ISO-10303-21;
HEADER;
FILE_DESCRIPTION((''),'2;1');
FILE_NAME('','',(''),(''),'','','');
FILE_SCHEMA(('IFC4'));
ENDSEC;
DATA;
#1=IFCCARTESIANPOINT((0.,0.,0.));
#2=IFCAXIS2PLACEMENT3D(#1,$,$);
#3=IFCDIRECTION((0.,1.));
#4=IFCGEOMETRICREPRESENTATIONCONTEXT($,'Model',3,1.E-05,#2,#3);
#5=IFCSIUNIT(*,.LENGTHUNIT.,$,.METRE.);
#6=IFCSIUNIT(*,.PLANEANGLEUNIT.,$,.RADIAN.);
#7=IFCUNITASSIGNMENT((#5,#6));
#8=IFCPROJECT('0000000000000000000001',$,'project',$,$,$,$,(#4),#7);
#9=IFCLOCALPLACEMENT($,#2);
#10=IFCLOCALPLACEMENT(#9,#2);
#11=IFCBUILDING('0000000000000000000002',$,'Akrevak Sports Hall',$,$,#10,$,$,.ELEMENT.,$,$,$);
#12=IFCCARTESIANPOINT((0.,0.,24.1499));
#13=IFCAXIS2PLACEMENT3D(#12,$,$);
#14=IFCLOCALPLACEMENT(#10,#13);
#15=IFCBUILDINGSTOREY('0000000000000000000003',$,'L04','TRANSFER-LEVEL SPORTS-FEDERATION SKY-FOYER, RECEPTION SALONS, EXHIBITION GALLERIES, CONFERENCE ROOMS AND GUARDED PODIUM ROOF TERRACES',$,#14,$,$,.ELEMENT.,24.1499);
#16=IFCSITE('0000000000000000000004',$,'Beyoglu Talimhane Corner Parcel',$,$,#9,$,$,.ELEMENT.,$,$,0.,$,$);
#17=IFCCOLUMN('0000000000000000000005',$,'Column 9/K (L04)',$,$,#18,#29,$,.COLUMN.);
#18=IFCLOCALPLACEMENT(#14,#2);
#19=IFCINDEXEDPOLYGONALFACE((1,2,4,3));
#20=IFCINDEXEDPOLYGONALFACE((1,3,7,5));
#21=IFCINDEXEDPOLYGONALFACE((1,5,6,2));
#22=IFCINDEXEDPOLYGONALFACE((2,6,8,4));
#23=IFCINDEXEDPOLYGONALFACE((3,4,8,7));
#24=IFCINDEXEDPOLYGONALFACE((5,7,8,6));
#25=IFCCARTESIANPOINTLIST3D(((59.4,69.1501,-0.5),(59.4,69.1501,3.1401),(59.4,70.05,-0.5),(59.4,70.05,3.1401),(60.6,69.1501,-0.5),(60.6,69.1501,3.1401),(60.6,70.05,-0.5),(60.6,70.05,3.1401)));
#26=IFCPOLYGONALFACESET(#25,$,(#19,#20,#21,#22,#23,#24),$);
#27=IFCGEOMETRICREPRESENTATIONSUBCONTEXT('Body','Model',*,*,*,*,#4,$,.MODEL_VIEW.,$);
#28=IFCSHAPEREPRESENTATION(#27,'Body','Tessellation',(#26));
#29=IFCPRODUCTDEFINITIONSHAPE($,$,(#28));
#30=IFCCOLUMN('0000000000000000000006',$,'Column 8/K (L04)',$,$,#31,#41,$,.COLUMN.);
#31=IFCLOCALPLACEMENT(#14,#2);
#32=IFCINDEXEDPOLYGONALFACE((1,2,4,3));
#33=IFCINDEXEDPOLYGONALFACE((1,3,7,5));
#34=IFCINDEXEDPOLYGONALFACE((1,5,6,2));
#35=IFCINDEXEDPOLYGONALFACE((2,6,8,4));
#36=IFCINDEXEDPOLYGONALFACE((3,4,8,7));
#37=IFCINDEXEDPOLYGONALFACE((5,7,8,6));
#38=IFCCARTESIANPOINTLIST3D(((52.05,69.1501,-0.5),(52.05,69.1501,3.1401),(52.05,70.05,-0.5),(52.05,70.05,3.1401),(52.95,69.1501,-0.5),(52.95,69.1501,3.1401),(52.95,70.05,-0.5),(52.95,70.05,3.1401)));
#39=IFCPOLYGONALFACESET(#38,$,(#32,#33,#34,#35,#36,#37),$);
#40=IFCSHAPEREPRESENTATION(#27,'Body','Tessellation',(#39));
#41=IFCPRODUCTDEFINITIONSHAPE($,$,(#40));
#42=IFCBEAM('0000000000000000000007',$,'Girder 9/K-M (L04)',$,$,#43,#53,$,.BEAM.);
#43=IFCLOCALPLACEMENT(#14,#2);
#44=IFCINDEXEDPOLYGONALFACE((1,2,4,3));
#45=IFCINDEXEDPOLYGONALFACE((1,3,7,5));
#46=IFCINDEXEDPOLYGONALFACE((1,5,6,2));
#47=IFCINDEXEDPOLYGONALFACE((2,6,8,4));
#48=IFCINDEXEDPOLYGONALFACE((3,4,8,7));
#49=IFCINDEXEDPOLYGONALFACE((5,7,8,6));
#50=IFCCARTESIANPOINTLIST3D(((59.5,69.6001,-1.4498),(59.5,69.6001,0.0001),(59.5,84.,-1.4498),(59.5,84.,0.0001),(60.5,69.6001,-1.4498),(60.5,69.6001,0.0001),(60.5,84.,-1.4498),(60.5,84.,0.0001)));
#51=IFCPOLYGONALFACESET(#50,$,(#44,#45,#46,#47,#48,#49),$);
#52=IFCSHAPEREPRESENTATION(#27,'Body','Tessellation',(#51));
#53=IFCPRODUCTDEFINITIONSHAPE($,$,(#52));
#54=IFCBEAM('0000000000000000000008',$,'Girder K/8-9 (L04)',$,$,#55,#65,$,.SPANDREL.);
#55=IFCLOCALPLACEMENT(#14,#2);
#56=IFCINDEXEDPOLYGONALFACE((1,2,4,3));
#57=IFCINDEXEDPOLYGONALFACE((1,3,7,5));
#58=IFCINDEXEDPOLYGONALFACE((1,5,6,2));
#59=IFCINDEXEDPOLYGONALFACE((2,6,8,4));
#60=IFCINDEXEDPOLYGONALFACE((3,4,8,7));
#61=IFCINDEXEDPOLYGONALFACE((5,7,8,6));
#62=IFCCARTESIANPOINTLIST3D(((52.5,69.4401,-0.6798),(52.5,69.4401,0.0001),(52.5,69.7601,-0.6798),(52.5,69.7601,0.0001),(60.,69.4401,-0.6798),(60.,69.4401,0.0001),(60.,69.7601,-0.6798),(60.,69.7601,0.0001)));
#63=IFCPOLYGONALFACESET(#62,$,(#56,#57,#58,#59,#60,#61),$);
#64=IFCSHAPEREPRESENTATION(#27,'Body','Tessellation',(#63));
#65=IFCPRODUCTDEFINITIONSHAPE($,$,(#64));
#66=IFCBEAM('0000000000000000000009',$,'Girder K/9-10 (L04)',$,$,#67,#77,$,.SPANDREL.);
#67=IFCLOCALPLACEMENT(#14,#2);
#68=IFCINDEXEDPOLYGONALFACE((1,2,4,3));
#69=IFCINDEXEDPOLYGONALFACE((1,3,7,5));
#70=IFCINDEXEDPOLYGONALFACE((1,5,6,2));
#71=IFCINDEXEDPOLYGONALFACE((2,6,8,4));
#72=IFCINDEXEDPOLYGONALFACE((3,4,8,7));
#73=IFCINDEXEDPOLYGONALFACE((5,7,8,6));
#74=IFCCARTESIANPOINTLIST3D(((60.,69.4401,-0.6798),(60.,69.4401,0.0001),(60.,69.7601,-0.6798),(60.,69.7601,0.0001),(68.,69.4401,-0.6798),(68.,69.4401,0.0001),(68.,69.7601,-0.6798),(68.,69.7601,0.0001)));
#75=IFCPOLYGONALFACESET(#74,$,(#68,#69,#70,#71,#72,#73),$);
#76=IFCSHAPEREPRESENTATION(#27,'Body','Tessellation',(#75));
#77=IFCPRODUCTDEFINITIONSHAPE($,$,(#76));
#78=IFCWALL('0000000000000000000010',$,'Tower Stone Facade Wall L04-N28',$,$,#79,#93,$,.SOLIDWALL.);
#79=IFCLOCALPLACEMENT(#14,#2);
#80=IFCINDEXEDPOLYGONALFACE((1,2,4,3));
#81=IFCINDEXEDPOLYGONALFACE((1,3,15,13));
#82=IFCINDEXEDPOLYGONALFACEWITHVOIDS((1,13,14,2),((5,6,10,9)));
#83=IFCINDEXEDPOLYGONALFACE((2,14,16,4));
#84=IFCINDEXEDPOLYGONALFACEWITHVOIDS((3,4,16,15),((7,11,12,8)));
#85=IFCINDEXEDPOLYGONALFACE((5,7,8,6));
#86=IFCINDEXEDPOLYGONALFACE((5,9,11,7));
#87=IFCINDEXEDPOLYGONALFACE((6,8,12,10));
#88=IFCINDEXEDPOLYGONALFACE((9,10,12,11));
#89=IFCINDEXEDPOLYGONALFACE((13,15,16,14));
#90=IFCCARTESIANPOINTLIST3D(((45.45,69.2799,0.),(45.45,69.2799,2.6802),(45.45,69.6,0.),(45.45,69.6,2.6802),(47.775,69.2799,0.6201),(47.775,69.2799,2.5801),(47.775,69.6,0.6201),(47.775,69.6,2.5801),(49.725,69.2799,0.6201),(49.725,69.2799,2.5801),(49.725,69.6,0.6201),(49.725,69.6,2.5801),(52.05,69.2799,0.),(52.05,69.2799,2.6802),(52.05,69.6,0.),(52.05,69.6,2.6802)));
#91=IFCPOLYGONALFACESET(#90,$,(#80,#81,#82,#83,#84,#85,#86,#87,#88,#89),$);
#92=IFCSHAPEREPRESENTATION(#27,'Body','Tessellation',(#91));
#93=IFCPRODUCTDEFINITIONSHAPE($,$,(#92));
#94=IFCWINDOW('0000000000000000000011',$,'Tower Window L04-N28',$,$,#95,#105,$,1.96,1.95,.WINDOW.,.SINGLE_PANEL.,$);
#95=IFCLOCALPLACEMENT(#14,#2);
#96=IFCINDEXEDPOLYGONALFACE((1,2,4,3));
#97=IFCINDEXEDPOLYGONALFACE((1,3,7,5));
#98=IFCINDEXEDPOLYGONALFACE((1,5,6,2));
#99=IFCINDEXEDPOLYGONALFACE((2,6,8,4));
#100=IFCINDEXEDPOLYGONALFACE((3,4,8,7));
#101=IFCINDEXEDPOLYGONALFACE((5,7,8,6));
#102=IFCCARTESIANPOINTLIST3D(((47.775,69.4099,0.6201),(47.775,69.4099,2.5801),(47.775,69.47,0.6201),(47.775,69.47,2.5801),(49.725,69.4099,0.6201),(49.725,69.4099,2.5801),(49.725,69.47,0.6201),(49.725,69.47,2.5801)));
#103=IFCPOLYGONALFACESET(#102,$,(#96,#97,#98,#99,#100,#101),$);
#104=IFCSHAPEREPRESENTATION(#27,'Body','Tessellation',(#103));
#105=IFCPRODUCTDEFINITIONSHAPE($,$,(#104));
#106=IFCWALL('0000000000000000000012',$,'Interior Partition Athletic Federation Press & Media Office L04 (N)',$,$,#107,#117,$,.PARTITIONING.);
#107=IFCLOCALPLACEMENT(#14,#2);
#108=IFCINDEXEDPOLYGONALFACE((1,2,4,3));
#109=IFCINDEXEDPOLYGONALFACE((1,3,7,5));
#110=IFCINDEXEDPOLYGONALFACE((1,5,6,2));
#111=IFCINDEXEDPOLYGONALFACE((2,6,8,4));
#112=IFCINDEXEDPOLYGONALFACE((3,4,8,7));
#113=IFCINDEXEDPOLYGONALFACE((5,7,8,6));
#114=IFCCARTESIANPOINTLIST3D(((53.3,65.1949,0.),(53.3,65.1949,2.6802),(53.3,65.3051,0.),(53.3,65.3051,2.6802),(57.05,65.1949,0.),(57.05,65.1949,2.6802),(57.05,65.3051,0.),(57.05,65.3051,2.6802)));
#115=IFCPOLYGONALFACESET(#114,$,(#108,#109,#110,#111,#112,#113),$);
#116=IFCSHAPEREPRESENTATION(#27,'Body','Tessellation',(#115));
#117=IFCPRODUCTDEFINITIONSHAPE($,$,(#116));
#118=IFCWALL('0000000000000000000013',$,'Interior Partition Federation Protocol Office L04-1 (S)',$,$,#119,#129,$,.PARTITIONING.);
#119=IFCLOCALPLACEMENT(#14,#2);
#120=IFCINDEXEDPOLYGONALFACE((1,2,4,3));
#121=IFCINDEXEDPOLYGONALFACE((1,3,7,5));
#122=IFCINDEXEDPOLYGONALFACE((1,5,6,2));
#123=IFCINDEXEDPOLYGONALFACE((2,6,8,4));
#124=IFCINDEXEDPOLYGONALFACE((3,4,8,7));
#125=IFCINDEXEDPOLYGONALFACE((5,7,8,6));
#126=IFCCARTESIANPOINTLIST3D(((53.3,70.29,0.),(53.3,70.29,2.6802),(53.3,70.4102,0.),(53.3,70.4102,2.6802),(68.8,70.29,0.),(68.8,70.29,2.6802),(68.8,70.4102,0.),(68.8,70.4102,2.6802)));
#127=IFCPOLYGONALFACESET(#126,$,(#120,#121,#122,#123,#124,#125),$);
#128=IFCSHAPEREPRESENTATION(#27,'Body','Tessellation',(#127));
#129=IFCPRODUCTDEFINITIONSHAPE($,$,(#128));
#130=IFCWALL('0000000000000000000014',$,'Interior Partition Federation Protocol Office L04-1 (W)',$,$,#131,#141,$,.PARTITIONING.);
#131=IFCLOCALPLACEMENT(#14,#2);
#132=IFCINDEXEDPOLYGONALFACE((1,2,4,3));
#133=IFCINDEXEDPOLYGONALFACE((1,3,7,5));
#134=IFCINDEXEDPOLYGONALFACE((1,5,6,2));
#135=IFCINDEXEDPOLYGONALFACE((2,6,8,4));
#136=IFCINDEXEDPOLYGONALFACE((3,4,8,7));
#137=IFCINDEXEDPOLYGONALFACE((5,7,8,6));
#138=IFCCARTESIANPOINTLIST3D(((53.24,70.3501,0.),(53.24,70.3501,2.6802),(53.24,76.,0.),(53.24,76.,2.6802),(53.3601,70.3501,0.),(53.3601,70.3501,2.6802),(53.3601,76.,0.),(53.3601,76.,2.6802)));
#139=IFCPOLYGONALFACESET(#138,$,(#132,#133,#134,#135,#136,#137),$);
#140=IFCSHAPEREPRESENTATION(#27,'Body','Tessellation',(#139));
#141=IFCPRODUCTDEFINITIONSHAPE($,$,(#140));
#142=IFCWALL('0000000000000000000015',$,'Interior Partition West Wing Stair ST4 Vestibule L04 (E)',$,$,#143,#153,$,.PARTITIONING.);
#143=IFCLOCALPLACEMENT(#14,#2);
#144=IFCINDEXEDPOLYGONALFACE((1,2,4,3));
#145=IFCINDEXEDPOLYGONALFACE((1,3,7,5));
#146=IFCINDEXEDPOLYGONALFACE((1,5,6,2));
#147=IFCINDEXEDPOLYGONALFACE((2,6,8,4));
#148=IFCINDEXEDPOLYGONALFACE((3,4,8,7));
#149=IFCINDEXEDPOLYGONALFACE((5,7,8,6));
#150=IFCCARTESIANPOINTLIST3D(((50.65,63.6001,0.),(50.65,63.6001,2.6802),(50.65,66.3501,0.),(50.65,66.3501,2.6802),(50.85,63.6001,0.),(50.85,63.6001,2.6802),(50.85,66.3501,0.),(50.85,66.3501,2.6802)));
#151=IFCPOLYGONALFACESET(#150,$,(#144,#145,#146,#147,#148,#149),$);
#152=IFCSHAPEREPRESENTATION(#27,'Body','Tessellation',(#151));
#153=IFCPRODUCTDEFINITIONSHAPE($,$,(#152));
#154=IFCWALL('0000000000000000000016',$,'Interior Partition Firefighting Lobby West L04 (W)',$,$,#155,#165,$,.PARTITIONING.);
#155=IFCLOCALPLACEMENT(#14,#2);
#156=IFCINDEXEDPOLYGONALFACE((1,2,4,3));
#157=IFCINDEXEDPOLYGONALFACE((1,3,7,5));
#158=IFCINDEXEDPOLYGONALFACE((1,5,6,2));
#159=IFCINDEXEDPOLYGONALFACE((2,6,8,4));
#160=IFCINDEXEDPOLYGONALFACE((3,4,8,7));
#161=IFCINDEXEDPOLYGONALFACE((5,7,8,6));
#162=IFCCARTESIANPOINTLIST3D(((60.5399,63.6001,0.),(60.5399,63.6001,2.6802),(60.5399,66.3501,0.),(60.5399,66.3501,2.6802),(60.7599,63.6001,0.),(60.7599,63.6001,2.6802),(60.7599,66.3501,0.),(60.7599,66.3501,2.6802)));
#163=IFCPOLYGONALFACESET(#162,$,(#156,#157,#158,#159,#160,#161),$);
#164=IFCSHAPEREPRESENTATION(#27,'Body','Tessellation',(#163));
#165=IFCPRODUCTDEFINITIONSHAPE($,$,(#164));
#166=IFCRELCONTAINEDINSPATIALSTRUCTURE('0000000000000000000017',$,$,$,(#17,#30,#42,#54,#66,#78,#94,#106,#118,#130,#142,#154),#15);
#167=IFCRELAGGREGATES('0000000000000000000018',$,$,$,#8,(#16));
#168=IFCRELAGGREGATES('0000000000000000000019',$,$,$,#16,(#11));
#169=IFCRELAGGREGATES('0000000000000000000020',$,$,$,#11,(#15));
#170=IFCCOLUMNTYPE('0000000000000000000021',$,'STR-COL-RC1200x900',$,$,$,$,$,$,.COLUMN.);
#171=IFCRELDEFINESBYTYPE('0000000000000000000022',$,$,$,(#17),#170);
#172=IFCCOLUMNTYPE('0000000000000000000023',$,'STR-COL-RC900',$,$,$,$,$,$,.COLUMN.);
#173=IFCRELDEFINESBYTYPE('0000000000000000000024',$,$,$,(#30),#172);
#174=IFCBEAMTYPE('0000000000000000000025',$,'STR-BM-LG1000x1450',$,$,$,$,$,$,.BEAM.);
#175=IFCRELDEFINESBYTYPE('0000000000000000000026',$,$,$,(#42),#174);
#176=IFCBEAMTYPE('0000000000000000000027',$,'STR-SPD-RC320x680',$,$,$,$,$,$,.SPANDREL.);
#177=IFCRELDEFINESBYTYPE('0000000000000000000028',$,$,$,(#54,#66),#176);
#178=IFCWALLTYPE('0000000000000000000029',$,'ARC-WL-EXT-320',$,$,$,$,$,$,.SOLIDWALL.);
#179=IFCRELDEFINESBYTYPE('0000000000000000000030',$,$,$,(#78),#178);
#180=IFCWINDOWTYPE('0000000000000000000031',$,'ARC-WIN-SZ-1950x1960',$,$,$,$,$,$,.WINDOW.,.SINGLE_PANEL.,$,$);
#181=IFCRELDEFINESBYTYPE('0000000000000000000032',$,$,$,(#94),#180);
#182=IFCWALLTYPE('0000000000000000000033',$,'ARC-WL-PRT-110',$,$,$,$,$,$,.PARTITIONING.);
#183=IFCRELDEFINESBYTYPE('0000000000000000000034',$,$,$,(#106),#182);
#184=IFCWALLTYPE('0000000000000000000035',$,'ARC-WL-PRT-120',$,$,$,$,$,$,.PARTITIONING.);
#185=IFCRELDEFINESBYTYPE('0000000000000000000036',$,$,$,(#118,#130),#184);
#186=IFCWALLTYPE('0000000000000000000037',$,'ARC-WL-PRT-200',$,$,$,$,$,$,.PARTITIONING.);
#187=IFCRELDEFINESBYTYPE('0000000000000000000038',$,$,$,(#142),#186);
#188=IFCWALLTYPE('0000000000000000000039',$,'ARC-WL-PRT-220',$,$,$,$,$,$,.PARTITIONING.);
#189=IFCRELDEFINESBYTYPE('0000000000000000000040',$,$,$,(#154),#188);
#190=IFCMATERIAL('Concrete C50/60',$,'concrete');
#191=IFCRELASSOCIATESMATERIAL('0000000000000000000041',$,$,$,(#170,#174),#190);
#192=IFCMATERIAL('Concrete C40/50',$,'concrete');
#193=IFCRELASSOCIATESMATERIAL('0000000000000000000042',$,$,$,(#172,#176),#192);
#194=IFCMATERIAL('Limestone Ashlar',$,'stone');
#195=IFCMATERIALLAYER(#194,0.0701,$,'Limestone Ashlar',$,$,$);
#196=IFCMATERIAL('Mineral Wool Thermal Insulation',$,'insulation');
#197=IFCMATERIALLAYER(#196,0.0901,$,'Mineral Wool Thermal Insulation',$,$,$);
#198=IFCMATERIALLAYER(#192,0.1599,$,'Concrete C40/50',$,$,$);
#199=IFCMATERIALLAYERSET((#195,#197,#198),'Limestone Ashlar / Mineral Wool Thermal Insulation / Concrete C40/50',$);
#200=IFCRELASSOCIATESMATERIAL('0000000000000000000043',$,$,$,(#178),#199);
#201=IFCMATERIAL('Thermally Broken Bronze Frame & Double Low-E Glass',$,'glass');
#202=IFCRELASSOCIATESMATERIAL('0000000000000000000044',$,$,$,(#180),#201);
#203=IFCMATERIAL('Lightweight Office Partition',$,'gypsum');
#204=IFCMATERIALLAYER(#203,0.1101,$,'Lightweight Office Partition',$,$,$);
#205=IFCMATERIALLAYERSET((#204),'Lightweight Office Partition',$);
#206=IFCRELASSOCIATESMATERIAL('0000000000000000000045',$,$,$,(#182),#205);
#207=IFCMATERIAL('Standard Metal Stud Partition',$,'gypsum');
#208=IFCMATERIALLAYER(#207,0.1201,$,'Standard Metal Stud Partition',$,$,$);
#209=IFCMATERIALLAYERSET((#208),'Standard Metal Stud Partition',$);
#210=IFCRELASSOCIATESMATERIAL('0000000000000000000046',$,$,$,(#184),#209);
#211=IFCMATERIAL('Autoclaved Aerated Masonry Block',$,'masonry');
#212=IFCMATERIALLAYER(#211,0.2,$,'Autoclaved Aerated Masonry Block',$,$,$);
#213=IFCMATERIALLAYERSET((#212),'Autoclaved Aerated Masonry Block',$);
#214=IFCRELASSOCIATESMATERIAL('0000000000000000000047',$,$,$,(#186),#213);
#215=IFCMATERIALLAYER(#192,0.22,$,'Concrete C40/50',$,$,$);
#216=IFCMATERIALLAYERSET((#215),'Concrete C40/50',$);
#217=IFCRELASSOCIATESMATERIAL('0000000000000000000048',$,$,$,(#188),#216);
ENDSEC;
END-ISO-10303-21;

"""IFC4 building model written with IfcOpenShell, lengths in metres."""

from ifc_helpers import new_model, si_unit, direction, frame, frame_2d, origin, origin_2d, place, context, subcontext, project, spatial, rectangle, extrude, material, layer, layer_set, material_profile, profile_set, type_object, element, fill, save


model = new_model("IFC4")

# Units and contexts
model_context = context("Model", 3, precision=1e-05, world=origin(), true_north=direction((0.0, 1.0)))
body_context = subcontext(model_context, "Body", "Model", "MODEL_VIEW")
ifc_project = project(units=[si_unit("LENGTHUNIT", "METRE"), si_unit("PLANEANGLEUNIT", "RADIAN")], contexts=[model_context])

# Site, building, storey
site_placement = place(None, origin())
site = spatial("IfcSite", under=ifc_project, at=site_placement, Name="Beyoglu Talimhane Corner Parcel", CompositionType="ELEMENT", RefElevation=0.0)
building_placement = place(site_placement, origin())
building = spatial("IfcBuilding", under=site, at=building_placement, Name="Akrevak Sports Hall", CompositionType="ELEMENT")
storey_placement = place(building_placement, frame((0.0, 0.0, 24.1499)))
storey = spatial("IfcBuildingStorey", under=building, at=storey_placement, Name="L04", Description="TRANSFER-LEVEL SPORTS-FEDERATION SKY-FOYER, RECEPTION SALONS, EXHIBITION GALLERIES, CONFERENCE ROOMS AND GUARDED PODIUM ROOF TERRACES", CompositionType="ELEMENT", Elevation=24.1499)

# Columns
ifc_material_1 = material(Name="Concrete C50/60", Category="concrete")
ifc_material_profile_1 = material_profile(ifc_material_1, rectangle(XDim=1.2, YDim=0.8999, at=origin_2d()), Name="RC 1200x900", Category="concrete")
ifc_profile_set_1 = profile_set([ifc_material_profile_1], Name="Concrete C50/60")
column_type_1 = type_object("IfcColumnType", Name="STR-COL-RC1200x900", PredefinedType="COLUMN", material=ifc_profile_set_1)
column_1_placement = place(storey_placement, frame((60.0, 69.6001, -0.5), z_axis=(0.0, 0.0, 1.0), x_axis=(1.0, 0.0, 0.0)))
element("IfcColumn", 1, at=column_1_placement, inside=storey, type_object=column_type_1, Name="Column 9/K (L04)", PredefinedType="COLUMN", context=body_context, shape_type="SweptSolid", body=[
    extrude(rectangle(XDim=1.2, YDim=0.8999, at=origin_2d()), origin(), (0.0, 0.0, 1.0), 3.6401),
])
ifc_material_2 = material(Name="Concrete C40/50", Category="concrete")
ifc_material_profile_2 = material_profile(ifc_material_2, rectangle(XDim=0.8999, YDim=0.8999, at=origin_2d()), Name="RC 900x900", Category="concrete")
ifc_profile_set_2 = profile_set([ifc_material_profile_2], Name="Concrete C40/50")
column_type_2 = type_object("IfcColumnType", Name="STR-COL-RC900", PredefinedType="COLUMN", material=ifc_profile_set_2)
column_2_placement = place(storey_placement, frame((52.5, 69.6001, -0.5), z_axis=(0.0, 0.0, 1.0), x_axis=(1.0, 0.0, 0.0)))
element("IfcColumn", 2, at=column_2_placement, inside=storey, type_object=column_type_2, Name="Column 8/K (L04)", PredefinedType="COLUMN", context=body_context, shape_type="SweptSolid", body=[
    extrude(rectangle(XDim=0.8999, YDim=0.8999, at=origin_2d()), origin(), (0.0, 0.0, 1.0), 3.6401),
])

# Beams
ifc_material_profile_3 = material_profile(ifc_material_1, rectangle(XDim=1.0, YDim=1.45, at=origin_2d()), Name="BM 1000x1450", Category="concrete")
ifc_profile_set_3 = profile_set([ifc_material_profile_3], Name="Concrete C50/60")
beam_type_1 = type_object("IfcBeamType", Name="STR-BM-LG1000x1450", PredefinedType="BEAM", material=ifc_profile_set_3)
beam_1_placement = place(storey_placement, frame((60.0, 69.6001, -0.7249), z_axis=(0.0, 1.0, 0.0), x_axis=(-1.0, 0.0, 0.0)))
element("IfcBeam", 3, at=beam_1_placement, inside=storey, type_object=beam_type_1, Name="Girder 9/K-M (L04)", PredefinedType="BEAM", context=body_context, shape_type="SweptSolid", body=[
    extrude(rectangle(XDim=1.0, YDim=1.45, at=origin_2d()), origin(), (0.0, 0.0, 1.0), 14.3999),
])
ifc_material_profile_4 = material_profile(ifc_material_2, rectangle(XDim=0.3201, YDim=0.6799, at=origin_2d()), Name="SPD 320x680", Category="concrete")
ifc_profile_set_4 = profile_set([ifc_material_profile_4], Name="Concrete C40/50")
beam_type_2 = type_object("IfcBeamType", Name="STR-SPD-RC320x680", PredefinedType="SPANDREL", material=ifc_profile_set_4)
beam_2_placement = place(storey_placement, frame((52.5, 69.6001, -0.3398), z_axis=(1.0, 0.0, 0.0), x_axis=(0.0, 1.0, 0.0)))
element("IfcBeam", 4, at=beam_2_placement, inside=storey, type_object=beam_type_2, Name="Girder K/8-9 (L04)", PredefinedType="SPANDREL", context=body_context, shape_type="SweptSolid", body=[
    extrude(rectangle(XDim=0.3201, YDim=0.6799, at=origin_2d()), origin(), (0.0, 0.0, 1.0), 7.5),
])
beam_3_placement = place(storey_placement, frame((60.0, 69.6001, -0.3398), z_axis=(1.0, 0.0, 0.0), x_axis=(0.0, 1.0, 0.0)))
element("IfcBeam", 5, at=beam_3_placement, inside=storey, type_object=beam_type_2, Name="Girder K/9-10 (L04)", PredefinedType="SPANDREL", context=body_context, shape_type="SweptSolid", body=[
    extrude(rectangle(XDim=0.3201, YDim=0.6799, at=origin_2d()), origin(), (0.0, 0.0, 1.0), 8.0),
])

# Wall, opening, window
ifc_material_3 = material(Name="Limestone Ashlar", Category="stone")
ifc_layer_1 = layer(ifc_material_3, 0.0701, Name="Limestone Ashlar")
ifc_material_4 = material(Name="Mineral Wool Thermal Insulation", Category="insulation")
ifc_layer_2 = layer(ifc_material_4, 0.0901, Name="Mineral Wool Thermal Insulation")
ifc_layer_3 = layer(ifc_material_2, 0.1599, Name="Concrete C40/50")
ifc_layer_set_1 = layer_set([ifc_layer_1, ifc_layer_2, ifc_layer_3], Name="Limestone Ashlar / Mineral Wool Thermal Insulation / Concrete C40/50")
wall_type_1 = type_object("IfcWallType", Name="ARC-WL-EXT-320", PredefinedType="SOLIDWALL", material=ifc_layer_set_1)
wall_1_placement = place(storey_placement, frame((52.05, 69.4399, 0.0), z_axis=(0.0, 0.0, 1.0), x_axis=(-1.0, 0.0, 0.0)))
wall_1 = element("IfcWall", 6, at=wall_1_placement, inside=storey, type_object=wall_type_1, Name="Tower Stone Facade Wall L04-N28", PredefinedType="SOLIDWALL", context=body_context, shape_type="SweptSolid", body=[
    extrude(rectangle(XDim=6.6001, YDim=0.3201, at=frame_2d((3.3, 0.0))), origin(), (0.0, 0.0, 1.0), 2.6802),
])
opening_1_placement = place(wall_1_placement, frame((2.325, 0.0, 0.6201)))
opening_1 = element("IfcOpeningElement", 7, at=opening_1_placement, cuts=wall_1, PredefinedType="OPENING", context=body_context, shape_type="SweptSolid", body=[
    extrude(rectangle(XDim=1.95, YDim=1.96, at=frame_2d((0.9751, 0.98))), frame((0.0, 0.1719, 0.0), z_axis=(0.0, -1.0, 0.0), x_axis=(1.0, 0.0, 0.0)), (0.0, 0.0, 1.0), 0.344),
])
ifc_material_5 = material(Name="Thermally Broken Bronze Frame & Double Low-E Glass", Category="glass")
window_type = type_object("IfcWindowType", Name="ARC-WIN-SZ-1950x1960", PartitioningType="SINGLE_PANEL", PredefinedType="WINDOW", material=ifc_material_5)
window_placement = place(opening_1_placement, origin())
window = element("IfcWindow", 8, at=window_placement, inside=storey, type_object=window_type, Name="Tower Window L04-N28", OverallHeight=1.96, OverallWidth=1.95, PartitioningType="SINGLE_PANEL", PredefinedType="WINDOW", context=body_context, shape_type="SweptSolid", body=[
    extrude(rectangle(XDim=1.95, YDim=1.96, at=frame_2d((0.9751, 0.98))), frame((0.0, 0.03, 0.0), z_axis=(0.0, -1.0, 0.0), x_axis=(1.0, 0.0, 0.0)), (0.0, 0.0, 1.0), 0.0601),
])
fill(opening_1, window)

# Walls
ifc_material_6 = material(Name="Lightweight Office Partition", Category="gypsum")
ifc_layer_4 = layer(ifc_material_6, 0.1101, Name="Lightweight Office Partition")
ifc_layer_set_2 = layer_set([ifc_layer_4], Name="Lightweight Office Partition")
wall_type_2 = type_object("IfcWallType", Name="ARC-WL-PRT-110", PredefinedType="PARTITIONING", material=ifc_layer_set_2)
wall_2_placement = place(storey_placement, frame((53.3, 65.25, 0.0), z_axis=(0.0, 0.0, 1.0), x_axis=(1.0, 0.0, 0.0)))
element("IfcWall", 9, at=wall_2_placement, inside=storey, type_object=wall_type_2, Name="Interior Partition Athletic Federation Press & Media Office L04 (N)", PredefinedType="PARTITIONING", context=body_context, shape_type="SweptSolid", body=[
    extrude(rectangle(XDim=3.75, YDim=0.1101, at=frame_2d((1.875, 0.0))), origin(), (0.0, 0.0, 1.0), 2.6802),
])
ifc_material_7 = material(Name="Standard Metal Stud Partition", Category="gypsum")
ifc_layer_5 = layer(ifc_material_7, 0.1201, Name="Standard Metal Stud Partition")
ifc_layer_set_3 = layer_set([ifc_layer_5], Name="Standard Metal Stud Partition")
wall_type_3 = type_object("IfcWallType", Name="ARC-WL-PRT-120", PredefinedType="PARTITIONING", material=ifc_layer_set_3)
wall_3_placement = place(storey_placement, frame((53.3, 70.3501, 0.0), z_axis=(0.0, 0.0, 1.0), x_axis=(1.0, 0.0, 0.0)))
element("IfcWall", 10, at=wall_3_placement, inside=storey, type_object=wall_type_3, Name="Interior Partition Federation Protocol Office L04-1 (S)", PredefinedType="PARTITIONING", context=body_context, shape_type="SweptSolid", body=[
    extrude(rectangle(XDim=15.5, YDim=0.1201, at=frame_2d((7.75, 0.0))), origin(), (0.0, 0.0, 1.0), 2.6802),
])
wall_4_placement = place(storey_placement, frame((53.3, 70.3501, 0.0), z_axis=(0.0, 0.0, 1.0), x_axis=(0.0, 1.0, 0.0)))
element("IfcWall", 11, at=wall_4_placement, inside=storey, type_object=wall_type_3, Name="Interior Partition Federation Protocol Office L04-1 (W)", PredefinedType="PARTITIONING", context=body_context, shape_type="SweptSolid", body=[
    extrude(rectangle(XDim=5.6499, YDim=0.1201, at=frame_2d((2.825, 0.0))), origin(), (0.0, 0.0, 1.0), 2.6802),
])
ifc_material_8 = material(Name="Autoclaved Aerated Masonry Block", Category="masonry")
ifc_layer_6 = layer(ifc_material_8, 0.2, Name="Autoclaved Aerated Masonry Block")
ifc_layer_set_4 = layer_set([ifc_layer_6], Name="Autoclaved Aerated Masonry Block")
wall_type_4 = type_object("IfcWallType", Name="ARC-WL-PRT-200", PredefinedType="PARTITIONING", material=ifc_layer_set_4)
wall_5_placement = place(storey_placement, frame((50.75, 63.6001, 0.0), z_axis=(0.0, 0.0, 1.0), x_axis=(0.0, 1.0, 0.0)))
element("IfcWall", 12, at=wall_5_placement, inside=storey, type_object=wall_type_4, Name="Interior Partition West Wing Stair ST4 Vestibule L04 (E)", PredefinedType="PARTITIONING", context=body_context, shape_type="SweptSolid", body=[
    extrude(rectangle(XDim=2.75, YDim=0.2, at=frame_2d((1.375, 0.0))), origin(), (0.0, 0.0, 1.0), 2.6802),
])
ifc_layer_7 = layer(ifc_material_2, 0.22, Name="Concrete C40/50")
ifc_layer_set_5 = layer_set([ifc_layer_7], Name="Concrete C40/50")
wall_type_5 = type_object("IfcWallType", Name="ARC-WL-PRT-220", PredefinedType="PARTITIONING", material=ifc_layer_set_5)
wall_6_placement = place(storey_placement, frame((60.6499, 63.6001, 0.0), z_axis=(0.0, 0.0, 1.0), x_axis=(0.0, 1.0, 0.0)))
element("IfcWall", 13, at=wall_6_placement, inside=storey, type_object=wall_type_5, Name="Interior Partition Firefighting Lobby West L04 (W)", PredefinedType="PARTITIONING", context=body_context, shape_type="SweptSolid", body=[
    extrude(rectangle(XDim=2.75, YDim=0.22, at=frame_2d((1.375, 0.0))), origin(), (0.0, 0.0, 1.0), 2.6802),
])

save(model, "model.ifc")
